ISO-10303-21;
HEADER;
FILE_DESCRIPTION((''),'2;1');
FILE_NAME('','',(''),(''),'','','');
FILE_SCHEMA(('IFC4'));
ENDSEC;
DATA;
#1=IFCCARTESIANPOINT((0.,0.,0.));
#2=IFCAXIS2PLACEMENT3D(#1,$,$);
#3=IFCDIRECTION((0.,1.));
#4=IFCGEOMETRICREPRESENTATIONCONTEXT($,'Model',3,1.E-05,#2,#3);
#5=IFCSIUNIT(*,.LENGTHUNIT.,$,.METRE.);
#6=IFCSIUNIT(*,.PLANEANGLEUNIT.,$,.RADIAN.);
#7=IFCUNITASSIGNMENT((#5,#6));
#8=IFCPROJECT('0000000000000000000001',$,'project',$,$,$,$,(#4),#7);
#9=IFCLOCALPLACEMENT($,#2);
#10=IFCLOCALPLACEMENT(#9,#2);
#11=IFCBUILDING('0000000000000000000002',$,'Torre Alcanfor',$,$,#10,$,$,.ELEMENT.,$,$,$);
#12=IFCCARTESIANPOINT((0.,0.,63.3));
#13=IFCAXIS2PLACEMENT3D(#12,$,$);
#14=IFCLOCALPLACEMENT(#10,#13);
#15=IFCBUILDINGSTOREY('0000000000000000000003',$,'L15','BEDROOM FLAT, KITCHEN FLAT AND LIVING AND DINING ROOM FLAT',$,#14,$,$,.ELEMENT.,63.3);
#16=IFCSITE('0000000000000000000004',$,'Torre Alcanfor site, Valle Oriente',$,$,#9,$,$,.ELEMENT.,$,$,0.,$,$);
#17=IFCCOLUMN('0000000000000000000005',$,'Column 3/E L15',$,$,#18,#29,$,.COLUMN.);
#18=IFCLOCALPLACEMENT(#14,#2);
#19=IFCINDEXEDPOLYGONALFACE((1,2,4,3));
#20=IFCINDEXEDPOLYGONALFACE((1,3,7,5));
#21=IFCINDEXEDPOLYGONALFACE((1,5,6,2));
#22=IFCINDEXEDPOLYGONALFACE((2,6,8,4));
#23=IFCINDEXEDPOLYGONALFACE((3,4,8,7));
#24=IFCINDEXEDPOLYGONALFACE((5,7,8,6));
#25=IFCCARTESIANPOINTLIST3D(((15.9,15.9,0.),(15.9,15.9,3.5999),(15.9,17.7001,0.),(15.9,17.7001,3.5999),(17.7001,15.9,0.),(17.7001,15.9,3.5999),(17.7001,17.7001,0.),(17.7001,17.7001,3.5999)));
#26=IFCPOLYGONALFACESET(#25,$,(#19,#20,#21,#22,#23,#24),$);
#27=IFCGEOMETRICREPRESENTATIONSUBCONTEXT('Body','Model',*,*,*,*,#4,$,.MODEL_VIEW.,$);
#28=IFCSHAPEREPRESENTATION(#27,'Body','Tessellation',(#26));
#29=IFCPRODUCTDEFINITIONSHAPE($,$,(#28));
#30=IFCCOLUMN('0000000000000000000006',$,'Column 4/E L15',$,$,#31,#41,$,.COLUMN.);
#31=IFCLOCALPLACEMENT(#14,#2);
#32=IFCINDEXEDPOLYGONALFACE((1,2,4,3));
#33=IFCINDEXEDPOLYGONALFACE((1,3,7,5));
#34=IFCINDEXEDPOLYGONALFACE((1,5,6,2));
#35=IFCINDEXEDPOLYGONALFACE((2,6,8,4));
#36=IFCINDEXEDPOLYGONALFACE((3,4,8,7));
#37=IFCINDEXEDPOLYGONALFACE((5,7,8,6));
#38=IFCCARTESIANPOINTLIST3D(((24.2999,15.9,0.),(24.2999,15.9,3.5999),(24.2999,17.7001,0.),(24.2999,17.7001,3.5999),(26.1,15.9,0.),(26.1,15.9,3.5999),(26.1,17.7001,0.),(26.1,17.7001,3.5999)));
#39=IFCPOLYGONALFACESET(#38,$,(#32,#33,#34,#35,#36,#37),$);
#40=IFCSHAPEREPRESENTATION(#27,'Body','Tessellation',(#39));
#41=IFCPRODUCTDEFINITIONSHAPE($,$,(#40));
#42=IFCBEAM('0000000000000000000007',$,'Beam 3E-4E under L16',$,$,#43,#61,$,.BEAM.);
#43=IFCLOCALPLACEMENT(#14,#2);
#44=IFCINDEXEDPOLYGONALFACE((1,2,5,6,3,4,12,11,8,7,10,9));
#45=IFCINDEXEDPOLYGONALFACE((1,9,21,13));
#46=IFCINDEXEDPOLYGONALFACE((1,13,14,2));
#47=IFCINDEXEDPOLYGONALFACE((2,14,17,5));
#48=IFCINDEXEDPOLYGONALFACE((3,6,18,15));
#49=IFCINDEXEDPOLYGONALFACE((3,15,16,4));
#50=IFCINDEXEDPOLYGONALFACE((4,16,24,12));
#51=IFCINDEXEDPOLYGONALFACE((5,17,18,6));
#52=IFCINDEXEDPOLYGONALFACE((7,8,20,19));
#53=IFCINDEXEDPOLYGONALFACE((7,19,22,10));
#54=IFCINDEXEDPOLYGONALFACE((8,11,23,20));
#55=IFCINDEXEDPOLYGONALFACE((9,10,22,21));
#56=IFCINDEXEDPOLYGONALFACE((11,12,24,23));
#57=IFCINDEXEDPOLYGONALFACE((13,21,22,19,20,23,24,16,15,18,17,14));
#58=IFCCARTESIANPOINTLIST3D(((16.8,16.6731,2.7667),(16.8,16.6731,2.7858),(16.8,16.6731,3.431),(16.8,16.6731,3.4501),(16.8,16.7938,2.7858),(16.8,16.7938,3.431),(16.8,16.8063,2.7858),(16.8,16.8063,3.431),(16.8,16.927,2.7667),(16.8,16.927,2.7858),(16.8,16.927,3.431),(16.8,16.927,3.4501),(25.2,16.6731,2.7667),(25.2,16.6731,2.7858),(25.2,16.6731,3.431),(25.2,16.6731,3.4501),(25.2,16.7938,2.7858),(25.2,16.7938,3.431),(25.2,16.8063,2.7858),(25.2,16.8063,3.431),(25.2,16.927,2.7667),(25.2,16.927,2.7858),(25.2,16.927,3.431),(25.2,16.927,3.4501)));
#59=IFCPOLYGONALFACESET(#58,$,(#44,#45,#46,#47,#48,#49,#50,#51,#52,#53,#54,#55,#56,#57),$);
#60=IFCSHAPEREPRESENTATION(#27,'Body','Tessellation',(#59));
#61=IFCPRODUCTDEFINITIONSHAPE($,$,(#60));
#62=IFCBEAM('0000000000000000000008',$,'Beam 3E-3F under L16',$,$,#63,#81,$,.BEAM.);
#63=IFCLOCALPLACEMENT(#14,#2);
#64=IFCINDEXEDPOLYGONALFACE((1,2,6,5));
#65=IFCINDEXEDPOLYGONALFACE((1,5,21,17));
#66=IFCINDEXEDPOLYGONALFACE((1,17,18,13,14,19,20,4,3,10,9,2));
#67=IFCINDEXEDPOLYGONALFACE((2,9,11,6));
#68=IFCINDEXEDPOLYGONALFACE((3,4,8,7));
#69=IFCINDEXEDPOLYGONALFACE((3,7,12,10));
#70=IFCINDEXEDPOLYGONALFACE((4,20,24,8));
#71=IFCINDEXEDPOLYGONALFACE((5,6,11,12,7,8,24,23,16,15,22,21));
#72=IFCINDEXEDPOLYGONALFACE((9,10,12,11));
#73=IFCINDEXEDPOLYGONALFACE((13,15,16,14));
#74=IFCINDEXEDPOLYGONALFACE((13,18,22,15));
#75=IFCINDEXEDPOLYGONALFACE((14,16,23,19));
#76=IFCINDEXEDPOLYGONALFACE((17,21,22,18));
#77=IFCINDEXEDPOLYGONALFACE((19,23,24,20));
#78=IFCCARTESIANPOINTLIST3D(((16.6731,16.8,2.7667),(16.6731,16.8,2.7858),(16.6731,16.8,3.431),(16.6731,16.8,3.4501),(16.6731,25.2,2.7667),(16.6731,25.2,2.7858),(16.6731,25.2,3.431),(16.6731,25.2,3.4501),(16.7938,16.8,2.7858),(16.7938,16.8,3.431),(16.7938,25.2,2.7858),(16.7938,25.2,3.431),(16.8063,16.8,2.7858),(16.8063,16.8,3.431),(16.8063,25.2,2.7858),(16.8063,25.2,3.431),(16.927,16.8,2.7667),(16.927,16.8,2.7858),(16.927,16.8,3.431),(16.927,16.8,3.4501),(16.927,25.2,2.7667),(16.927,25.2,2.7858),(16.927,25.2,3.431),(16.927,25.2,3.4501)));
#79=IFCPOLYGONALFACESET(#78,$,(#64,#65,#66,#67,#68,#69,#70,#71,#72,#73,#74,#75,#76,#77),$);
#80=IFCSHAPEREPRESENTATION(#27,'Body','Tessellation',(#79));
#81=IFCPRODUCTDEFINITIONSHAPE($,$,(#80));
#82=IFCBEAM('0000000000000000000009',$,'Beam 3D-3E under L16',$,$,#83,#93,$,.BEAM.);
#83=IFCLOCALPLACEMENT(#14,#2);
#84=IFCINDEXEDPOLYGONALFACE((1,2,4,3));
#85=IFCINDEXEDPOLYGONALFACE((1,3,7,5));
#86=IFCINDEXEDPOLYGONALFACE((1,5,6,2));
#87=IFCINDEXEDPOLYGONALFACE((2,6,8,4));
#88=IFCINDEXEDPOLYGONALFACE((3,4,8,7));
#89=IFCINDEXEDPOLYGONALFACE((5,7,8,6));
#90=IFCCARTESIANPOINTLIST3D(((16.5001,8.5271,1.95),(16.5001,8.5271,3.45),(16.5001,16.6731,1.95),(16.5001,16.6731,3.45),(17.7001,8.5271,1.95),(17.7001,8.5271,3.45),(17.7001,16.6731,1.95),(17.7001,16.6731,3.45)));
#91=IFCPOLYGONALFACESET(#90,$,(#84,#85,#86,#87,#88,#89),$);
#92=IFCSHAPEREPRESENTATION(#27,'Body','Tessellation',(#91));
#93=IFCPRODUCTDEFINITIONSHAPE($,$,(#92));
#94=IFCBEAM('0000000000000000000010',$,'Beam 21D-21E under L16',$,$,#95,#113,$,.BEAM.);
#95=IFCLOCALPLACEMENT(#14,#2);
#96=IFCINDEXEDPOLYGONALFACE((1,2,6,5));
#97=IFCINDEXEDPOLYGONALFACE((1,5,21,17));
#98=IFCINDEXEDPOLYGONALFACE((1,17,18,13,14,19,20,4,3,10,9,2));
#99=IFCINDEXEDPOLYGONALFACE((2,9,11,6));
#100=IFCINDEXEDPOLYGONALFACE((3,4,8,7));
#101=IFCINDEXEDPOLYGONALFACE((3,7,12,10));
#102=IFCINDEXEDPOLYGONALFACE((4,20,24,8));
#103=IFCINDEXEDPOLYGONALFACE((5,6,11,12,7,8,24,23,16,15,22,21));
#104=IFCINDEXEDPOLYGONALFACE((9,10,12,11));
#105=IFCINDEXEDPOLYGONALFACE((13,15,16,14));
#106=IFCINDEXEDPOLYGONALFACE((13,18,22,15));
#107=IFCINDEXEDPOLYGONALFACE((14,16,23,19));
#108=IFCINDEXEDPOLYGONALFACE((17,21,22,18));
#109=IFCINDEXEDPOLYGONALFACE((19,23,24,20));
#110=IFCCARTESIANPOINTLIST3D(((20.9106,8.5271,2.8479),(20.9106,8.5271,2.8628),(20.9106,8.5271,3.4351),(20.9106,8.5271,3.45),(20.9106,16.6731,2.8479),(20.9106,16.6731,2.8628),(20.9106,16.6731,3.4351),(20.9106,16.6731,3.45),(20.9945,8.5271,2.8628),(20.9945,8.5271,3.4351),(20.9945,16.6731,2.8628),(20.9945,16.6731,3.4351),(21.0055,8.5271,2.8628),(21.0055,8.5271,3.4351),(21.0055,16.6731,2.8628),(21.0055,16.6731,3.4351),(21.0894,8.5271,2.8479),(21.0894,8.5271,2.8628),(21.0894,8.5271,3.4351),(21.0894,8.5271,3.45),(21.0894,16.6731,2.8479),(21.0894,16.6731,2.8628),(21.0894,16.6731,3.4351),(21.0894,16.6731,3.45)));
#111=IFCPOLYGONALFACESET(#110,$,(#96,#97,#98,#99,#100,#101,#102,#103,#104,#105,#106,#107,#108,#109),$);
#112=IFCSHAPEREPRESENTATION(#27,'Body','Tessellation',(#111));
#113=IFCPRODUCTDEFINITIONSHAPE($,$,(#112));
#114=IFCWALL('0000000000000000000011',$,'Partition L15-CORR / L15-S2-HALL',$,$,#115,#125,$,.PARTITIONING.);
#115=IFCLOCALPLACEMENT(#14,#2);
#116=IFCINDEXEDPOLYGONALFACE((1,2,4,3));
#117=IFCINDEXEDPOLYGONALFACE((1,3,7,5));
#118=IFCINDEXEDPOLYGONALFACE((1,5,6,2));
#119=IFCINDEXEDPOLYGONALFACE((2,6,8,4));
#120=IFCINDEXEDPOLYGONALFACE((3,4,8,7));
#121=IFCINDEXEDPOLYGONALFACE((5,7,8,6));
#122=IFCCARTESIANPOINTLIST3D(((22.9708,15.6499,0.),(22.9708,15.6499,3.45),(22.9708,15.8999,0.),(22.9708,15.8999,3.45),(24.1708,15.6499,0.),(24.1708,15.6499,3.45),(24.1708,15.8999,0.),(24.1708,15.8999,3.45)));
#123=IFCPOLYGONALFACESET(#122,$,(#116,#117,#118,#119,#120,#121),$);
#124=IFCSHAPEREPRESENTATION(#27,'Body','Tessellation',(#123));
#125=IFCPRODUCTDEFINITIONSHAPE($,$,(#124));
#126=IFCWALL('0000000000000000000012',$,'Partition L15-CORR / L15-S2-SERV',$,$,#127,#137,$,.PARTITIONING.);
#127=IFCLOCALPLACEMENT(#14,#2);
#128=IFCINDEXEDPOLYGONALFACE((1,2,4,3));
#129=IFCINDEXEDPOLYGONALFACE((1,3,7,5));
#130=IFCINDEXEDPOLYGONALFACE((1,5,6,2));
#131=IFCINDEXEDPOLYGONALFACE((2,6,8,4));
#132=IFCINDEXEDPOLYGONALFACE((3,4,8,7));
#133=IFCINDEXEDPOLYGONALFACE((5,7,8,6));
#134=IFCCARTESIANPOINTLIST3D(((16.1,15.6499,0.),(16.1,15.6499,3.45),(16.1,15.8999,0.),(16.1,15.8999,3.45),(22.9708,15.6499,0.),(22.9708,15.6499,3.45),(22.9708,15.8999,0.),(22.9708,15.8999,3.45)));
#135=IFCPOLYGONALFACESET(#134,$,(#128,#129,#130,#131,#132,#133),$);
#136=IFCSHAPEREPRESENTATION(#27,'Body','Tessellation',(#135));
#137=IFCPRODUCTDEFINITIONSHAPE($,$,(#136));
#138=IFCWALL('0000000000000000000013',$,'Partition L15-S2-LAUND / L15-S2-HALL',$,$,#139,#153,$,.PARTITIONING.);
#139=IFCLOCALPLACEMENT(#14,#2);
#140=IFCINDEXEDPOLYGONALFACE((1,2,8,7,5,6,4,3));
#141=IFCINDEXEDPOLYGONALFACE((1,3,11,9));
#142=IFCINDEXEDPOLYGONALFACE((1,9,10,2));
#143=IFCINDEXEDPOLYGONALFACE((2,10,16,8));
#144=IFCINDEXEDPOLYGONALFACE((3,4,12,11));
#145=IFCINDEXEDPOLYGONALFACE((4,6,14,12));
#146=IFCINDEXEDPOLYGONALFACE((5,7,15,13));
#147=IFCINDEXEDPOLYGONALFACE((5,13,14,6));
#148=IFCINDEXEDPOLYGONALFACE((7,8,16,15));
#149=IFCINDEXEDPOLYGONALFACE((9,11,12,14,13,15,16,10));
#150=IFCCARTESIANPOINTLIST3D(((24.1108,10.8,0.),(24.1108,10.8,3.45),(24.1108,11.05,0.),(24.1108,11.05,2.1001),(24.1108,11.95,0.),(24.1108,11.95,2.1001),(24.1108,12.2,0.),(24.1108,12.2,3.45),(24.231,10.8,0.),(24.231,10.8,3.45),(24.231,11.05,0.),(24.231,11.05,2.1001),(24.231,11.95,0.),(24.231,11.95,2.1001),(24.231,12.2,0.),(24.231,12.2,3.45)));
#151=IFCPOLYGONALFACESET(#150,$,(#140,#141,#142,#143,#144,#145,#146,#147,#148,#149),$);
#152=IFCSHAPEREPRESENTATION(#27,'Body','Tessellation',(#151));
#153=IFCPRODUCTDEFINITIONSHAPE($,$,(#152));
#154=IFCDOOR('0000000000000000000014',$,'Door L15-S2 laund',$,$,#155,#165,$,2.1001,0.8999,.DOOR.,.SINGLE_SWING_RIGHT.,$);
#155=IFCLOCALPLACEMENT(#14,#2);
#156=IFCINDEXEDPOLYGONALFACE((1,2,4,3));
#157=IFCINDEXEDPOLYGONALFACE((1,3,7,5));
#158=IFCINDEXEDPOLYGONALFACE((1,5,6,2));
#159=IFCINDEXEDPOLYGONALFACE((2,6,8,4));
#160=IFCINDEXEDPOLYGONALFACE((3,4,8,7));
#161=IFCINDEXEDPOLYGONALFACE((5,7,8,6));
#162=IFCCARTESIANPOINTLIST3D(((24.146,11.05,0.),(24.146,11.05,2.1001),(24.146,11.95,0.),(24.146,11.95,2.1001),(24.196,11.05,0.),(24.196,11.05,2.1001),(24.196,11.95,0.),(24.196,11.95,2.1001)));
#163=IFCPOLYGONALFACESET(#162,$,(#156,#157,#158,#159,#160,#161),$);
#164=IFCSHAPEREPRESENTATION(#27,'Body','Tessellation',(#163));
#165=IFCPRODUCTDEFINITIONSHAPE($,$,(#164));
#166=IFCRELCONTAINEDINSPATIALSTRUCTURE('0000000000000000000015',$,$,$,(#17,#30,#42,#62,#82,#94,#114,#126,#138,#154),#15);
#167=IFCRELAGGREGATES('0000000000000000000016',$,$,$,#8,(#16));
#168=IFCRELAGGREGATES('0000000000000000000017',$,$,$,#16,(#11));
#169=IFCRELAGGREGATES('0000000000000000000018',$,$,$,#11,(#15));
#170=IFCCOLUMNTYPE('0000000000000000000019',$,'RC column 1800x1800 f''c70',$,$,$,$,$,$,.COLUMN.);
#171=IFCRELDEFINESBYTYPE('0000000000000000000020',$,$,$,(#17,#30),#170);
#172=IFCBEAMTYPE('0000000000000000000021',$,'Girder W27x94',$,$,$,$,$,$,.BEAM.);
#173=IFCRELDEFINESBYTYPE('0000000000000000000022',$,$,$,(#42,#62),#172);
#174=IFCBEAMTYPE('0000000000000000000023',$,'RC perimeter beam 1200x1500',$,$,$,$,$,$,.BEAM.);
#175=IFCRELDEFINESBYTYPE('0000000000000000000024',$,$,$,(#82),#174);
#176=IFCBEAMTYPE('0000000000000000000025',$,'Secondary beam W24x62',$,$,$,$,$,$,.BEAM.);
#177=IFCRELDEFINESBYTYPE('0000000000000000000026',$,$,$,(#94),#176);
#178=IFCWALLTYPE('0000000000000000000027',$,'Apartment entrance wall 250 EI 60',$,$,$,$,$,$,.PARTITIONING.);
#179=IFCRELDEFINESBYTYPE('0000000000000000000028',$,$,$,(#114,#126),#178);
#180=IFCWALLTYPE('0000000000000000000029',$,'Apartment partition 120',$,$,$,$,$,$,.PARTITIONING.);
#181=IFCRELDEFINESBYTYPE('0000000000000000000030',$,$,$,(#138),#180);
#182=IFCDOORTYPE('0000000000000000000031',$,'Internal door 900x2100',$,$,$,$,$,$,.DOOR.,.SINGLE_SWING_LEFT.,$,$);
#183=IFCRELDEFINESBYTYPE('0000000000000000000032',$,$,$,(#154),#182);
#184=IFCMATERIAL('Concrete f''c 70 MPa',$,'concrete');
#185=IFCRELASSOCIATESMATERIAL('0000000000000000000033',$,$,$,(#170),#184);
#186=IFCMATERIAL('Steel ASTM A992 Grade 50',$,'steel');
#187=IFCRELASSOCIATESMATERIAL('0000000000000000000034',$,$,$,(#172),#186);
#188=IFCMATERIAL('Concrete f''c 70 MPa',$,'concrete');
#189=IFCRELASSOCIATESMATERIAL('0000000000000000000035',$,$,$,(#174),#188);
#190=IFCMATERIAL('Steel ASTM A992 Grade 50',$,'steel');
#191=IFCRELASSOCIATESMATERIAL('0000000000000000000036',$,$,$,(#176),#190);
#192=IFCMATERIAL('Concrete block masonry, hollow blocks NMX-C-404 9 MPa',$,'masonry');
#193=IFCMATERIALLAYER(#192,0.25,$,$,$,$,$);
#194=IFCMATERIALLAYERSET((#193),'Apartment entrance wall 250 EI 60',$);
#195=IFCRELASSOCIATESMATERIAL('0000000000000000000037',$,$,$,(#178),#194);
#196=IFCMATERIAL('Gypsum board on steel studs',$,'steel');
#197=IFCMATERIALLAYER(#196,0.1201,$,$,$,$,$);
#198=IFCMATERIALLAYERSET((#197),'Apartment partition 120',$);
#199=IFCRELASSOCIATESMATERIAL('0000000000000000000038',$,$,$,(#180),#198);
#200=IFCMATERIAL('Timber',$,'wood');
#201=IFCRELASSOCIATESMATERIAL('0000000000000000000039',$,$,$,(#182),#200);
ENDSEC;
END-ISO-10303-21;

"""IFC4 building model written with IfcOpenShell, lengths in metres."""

from ifc_helpers import new_model, si_unit, direction, frame, frame_2d, origin, origin_2d, place, context, subcontext, project, spatial, rectangle, i_section, extrude, material, layer, layer_set, material_profile, profile_set, type_object, element, fill, save


model = new_model("IFC4")

# Units and contexts
model_context = context("Model", 3, precision=1e-05, world=origin(), true_north=direction((0.0, 1.0)))
body_context = subcontext(model_context, "Body", "Model", "MODEL_VIEW")
ifc_project = project(units=[si_unit("LENGTHUNIT", "METRE"), si_unit("PLANEANGLEUNIT", "RADIAN")], contexts=[model_context])

# Site, building, storey
site_placement = place(None, origin())
site = spatial("IfcSite", under=ifc_project, at=site_placement, Name="Torre Alcanfor site, Valle Oriente", CompositionType="ELEMENT", RefElevation=0.0)
building_placement = place(site_placement, origin())
building = spatial("IfcBuilding", under=site, at=building_placement, Name="Torre Alcanfor", CompositionType="ELEMENT")
storey_placement = place(building_placement, frame((0.0, 0.0, 63.3)))
storey = spatial("IfcBuildingStorey", under=building, at=storey_placement, Name="L15", Description="BEDROOM FLAT, KITCHEN FLAT AND LIVING AND DINING ROOM FLAT", CompositionType="ELEMENT", Elevation=63.3)

# Columns
ifc_material_1 = material(Name="Concrete f'c 70 MPa", Category="concrete")
ifc_material_profile_1 = material_profile(ifc_material_1, rectangle(XDim=1.8, YDim=1.8, at=origin_2d()), Name="1800x1800")
ifc_profile_set_1 = profile_set([ifc_material_profile_1], Name="Concrete f'c 70 MPa")
column_type = type_object("IfcColumnType", Name="RC column 1800x1800 f'c70", PredefinedType="COLUMN", material=ifc_profile_set_1)
for number, where, z_axis, x_axis, name in (
    (1, (16.8, 16.8, 0.0), (0.0, 0.0, 1.0), (1.0, 0.0, 0.0), "Column 3/E L15"),
    (2, (25.2, 16.8, 0.0), (0.0, 0.0, 1.0), (1.0, 0.0, 0.0), "Column 4/E L15"),
):
    element("IfcColumn", number, at=place(storey_placement, frame(where, z_axis=z_axis, x_axis=x_axis)), inside=storey, type_object=column_type, Name=name, PredefinedType="COLUMN", context=body_context, shape_type="SweptSolid", body=[
        extrude(rectangle(XDim=1.8, YDim=1.8, at=origin_2d()), origin(), (0.0, 0.0, 1.0), 3.5999),
    ])

# Beams
ifc_material_2 = material(Name="Steel ASTM A992 Grade 50", Category="steel")
ifc_material_profile_2 = material_profile(ifc_material_2, i_section(OverallWidth=0.2539, OverallDepth=0.6833, WebThickness=0.0125, FlangeThickness=0.019, at=origin_2d()), Name="W27x94")
ifc_profile_set_2 = profile_set([ifc_material_profile_2], Name="Steel ASTM A992 Grade 50")
beam_type_1 = type_object("IfcBeamType", Name="Girder W27x94", PredefinedType="BEAM", material=ifc_profile_set_2)
for number, where, z_axis, x_axis, name in (
    (3, (16.8, 16.8, 3.1084), (1.0, 0.0, 0.0), (0.0, 1.0, 0.0), "Beam 3E-4E under L16"),
    (4, (16.8, 16.8, 3.1084), (0.0, 1.0, 0.0), (-1.0, 0.0, 0.0), "Beam 3E-3F under L16"),
):
    element("IfcBeam", number, at=place(storey_placement, frame(where, z_axis=z_axis, x_axis=x_axis)), inside=storey, type_object=beam_type_1, Name=name, PredefinedType="BEAM", context=body_context, shape_type="SweptSolid", body=[
        extrude(i_section(OverallWidth=0.2539, OverallDepth=0.6833, WebThickness=0.0125, FlangeThickness=0.019, at=origin_2d()), origin(), (0.0, 0.0, 1.0), 8.3999),
    ])
ifc_material_3 = material(Name="Concrete f'c 70 MPa", Category="concrete")
ifc_material_profile_3 = material_profile(ifc_material_3, rectangle(XDim=1.2, YDim=1.5, at=origin_2d()), Name="1200x1500")
ifc_profile_set_3 = profile_set([ifc_material_profile_3], Name="Concrete f'c 70 MPa")
beam_type_2 = type_object("IfcBeamType", Name="RC perimeter beam 1200x1500", PredefinedType="BEAM", material=ifc_profile_set_3)
beam_1_placement = place(storey_placement, frame((17.1001, 8.5271, 2.7), z_axis=(0.0, 1.0, 0.0), x_axis=(-1.0, 0.0, 0.0)))
element("IfcBeam", 5, at=beam_1_placement, inside=storey, type_object=beam_type_2, Name="Beam 3D-3E under L16", PredefinedType="BEAM", context=body_context, shape_type="SweptSolid", body=[
    extrude(rectangle(XDim=1.2, YDim=1.5, at=origin_2d()), origin(), (0.0, 0.0, 1.0), 8.146),
])
ifc_material_4 = material(Name="Steel ASTM A992 Grade 50", Category="steel")
ifc_material_profile_4 = material_profile(ifc_material_4, i_section(OverallWidth=0.1787, OverallDepth=0.6021, WebThickness=0.011, FlangeThickness=0.0149, at=origin_2d()), Name="W24x62")
ifc_profile_set_4 = profile_set([ifc_material_profile_4], Name="Steel ASTM A992 Grade 50")
beam_type_3 = type_object("IfcBeamType", Name="Secondary beam W24x62", PredefinedType="BEAM", material=ifc_profile_set_4)
beam_2_placement = place(storey_placement, frame((21.0, 8.5271, 3.1489), z_axis=(0.0, 1.0, 0.0), x_axis=(-1.0, 0.0, 0.0)))
element("IfcBeam", 6, at=beam_2_placement, inside=storey, type_object=beam_type_3, Name="Beam 21D-21E under L16", PredefinedType="BEAM", context=body_context, shape_type="SweptSolid", body=[
    extrude(i_section(OverallWidth=0.1787, OverallDepth=0.6021, WebThickness=0.011, FlangeThickness=0.0149, at=origin_2d()), origin(), (0.0, 0.0, 1.0), 8.146),
])

# Walls
ifc_material_5 = material(Name="Concrete block masonry, hollow blocks NMX-C-404 9 MPa", Category="masonry")
ifc_layer_1 = layer(ifc_material_5, 0.25)
ifc_layer_set_1 = layer_set([ifc_layer_1], Name="Apartment entrance wall 250 EI 60")
wall_type_1 = type_object("IfcWallType", Name="Apartment entrance wall 250 EI 60", PredefinedType="PARTITIONING", material=ifc_layer_set_1)
wall_1_placement = place(storey_placement, frame((24.1709, 15.7749, 0.0), z_axis=(0.0, 0.0, 1.0), x_axis=(-1.0, 0.0, 0.0)))
element("IfcWall", 7, at=wall_1_placement, inside=storey, type_object=wall_type_1, Name="Partition L15-CORR / L15-S2-HALL", PredefinedType="PARTITIONING", context=body_context, shape_type="SweptSolid", body=[
    extrude(rectangle(XDim=1.2, YDim=0.25, at=frame_2d((0.6001, 0.0))), origin(), (0.0, 0.0, 1.0), 3.45),
])
wall_2_placement = place(storey_placement, frame((22.9709, 15.7749, 0.0), z_axis=(0.0, 0.0, 1.0), x_axis=(-1.0, 0.0, 0.0)))
element("IfcWall", 8, at=wall_2_placement, inside=storey, type_object=wall_type_1, Name="Partition L15-CORR / L15-S2-SERV", PredefinedType="PARTITIONING", context=body_context, shape_type="SweptSolid", body=[
    extrude(rectangle(XDim=6.8708, YDim=0.25, at=frame_2d((3.4355, 0.0))), origin(), (0.0, 0.0, 1.0), 3.45),
])

# Wall, opening, door
ifc_material_6 = material(Name="Gypsum board on steel studs", Category="steel")
ifc_layer_2 = layer(ifc_material_6, 0.1201)
ifc_layer_set_2 = layer_set([ifc_layer_2], Name="Apartment partition 120")
wall_type_2 = type_object("IfcWallType", Name="Apartment partition 120", PredefinedType="PARTITIONING", material=ifc_layer_set_2)
wall_3_placement = place(storey_placement, frame((24.1709, 10.8, 0.0), z_axis=(0.0, 0.0, 1.0), x_axis=(0.0, 1.0, 0.0)))
wall_3 = element("IfcWall", 9, at=wall_3_placement, inside=storey, type_object=wall_type_2, Name="Partition L15-S2-LAUND / L15-S2-HALL", PredefinedType="PARTITIONING", context=body_context, shape_type="SweptSolid", body=[
    extrude(rectangle(XDim=1.3999, YDim=0.1201, at=frame_2d((0.7, 0.0))), origin(), (0.0, 0.0, 1.0), 3.45),
])
opening_1_placement = place(wall_3_placement, frame((0.25, 0.0, 0.0)))
opening_1 = element("IfcOpeningElement", 10, at=opening_1_placement, cuts=wall_3, PredefinedType="OPENING", context=body_context, shape_type="SweptSolid", body=[
    extrude(rectangle(XDim=0.8999, YDim=2.1001, at=frame_2d((0.45, 1.05))), frame((0.0, 0.0701, 0.0), z_axis=(0.0, -1.0, 0.0), x_axis=(1.0, 0.0, 0.0)), (0.0, 0.0, 1.0), 0.1401),
])
ifc_material_7 = material(Name="Timber", Category="wood")
door_type_1 = type_object("IfcDoorType", Name="Internal door 900x2100", OperationType="SINGLE_SWING_LEFT", PredefinedType="DOOR", material=ifc_material_7)
door_1_placement = place(opening_1_placement, frame((0.8999, 0.0, 0.0), z_axis=(0.0, 0.0, 1.0), x_axis=(-1.0, 0.0, 0.0)))
door_1 = element("IfcDoor", 11, at=door_1_placement, inside=storey, type_object=door_type_1, Name="Door L15-S2 laund", OperationType="SINGLE_SWING_RIGHT", OverallHeight=2.1001, OverallWidth=0.8999, PredefinedType="DOOR", context=body_context, shape_type="SweptSolid", body=[
    extrude(rectangle(XDim=0.8999, YDim=2.1001, at=frame_2d((0.45, 1.05))), frame((0.0, 0.0251, 0.0), z_axis=(0.0, -1.0, 0.0), x_axis=(1.0, 0.0, 0.0)), (0.0, 0.0, 1.0), 0.05),
])
fill(opening_1, door_1)

save(model, "model.ifc")
